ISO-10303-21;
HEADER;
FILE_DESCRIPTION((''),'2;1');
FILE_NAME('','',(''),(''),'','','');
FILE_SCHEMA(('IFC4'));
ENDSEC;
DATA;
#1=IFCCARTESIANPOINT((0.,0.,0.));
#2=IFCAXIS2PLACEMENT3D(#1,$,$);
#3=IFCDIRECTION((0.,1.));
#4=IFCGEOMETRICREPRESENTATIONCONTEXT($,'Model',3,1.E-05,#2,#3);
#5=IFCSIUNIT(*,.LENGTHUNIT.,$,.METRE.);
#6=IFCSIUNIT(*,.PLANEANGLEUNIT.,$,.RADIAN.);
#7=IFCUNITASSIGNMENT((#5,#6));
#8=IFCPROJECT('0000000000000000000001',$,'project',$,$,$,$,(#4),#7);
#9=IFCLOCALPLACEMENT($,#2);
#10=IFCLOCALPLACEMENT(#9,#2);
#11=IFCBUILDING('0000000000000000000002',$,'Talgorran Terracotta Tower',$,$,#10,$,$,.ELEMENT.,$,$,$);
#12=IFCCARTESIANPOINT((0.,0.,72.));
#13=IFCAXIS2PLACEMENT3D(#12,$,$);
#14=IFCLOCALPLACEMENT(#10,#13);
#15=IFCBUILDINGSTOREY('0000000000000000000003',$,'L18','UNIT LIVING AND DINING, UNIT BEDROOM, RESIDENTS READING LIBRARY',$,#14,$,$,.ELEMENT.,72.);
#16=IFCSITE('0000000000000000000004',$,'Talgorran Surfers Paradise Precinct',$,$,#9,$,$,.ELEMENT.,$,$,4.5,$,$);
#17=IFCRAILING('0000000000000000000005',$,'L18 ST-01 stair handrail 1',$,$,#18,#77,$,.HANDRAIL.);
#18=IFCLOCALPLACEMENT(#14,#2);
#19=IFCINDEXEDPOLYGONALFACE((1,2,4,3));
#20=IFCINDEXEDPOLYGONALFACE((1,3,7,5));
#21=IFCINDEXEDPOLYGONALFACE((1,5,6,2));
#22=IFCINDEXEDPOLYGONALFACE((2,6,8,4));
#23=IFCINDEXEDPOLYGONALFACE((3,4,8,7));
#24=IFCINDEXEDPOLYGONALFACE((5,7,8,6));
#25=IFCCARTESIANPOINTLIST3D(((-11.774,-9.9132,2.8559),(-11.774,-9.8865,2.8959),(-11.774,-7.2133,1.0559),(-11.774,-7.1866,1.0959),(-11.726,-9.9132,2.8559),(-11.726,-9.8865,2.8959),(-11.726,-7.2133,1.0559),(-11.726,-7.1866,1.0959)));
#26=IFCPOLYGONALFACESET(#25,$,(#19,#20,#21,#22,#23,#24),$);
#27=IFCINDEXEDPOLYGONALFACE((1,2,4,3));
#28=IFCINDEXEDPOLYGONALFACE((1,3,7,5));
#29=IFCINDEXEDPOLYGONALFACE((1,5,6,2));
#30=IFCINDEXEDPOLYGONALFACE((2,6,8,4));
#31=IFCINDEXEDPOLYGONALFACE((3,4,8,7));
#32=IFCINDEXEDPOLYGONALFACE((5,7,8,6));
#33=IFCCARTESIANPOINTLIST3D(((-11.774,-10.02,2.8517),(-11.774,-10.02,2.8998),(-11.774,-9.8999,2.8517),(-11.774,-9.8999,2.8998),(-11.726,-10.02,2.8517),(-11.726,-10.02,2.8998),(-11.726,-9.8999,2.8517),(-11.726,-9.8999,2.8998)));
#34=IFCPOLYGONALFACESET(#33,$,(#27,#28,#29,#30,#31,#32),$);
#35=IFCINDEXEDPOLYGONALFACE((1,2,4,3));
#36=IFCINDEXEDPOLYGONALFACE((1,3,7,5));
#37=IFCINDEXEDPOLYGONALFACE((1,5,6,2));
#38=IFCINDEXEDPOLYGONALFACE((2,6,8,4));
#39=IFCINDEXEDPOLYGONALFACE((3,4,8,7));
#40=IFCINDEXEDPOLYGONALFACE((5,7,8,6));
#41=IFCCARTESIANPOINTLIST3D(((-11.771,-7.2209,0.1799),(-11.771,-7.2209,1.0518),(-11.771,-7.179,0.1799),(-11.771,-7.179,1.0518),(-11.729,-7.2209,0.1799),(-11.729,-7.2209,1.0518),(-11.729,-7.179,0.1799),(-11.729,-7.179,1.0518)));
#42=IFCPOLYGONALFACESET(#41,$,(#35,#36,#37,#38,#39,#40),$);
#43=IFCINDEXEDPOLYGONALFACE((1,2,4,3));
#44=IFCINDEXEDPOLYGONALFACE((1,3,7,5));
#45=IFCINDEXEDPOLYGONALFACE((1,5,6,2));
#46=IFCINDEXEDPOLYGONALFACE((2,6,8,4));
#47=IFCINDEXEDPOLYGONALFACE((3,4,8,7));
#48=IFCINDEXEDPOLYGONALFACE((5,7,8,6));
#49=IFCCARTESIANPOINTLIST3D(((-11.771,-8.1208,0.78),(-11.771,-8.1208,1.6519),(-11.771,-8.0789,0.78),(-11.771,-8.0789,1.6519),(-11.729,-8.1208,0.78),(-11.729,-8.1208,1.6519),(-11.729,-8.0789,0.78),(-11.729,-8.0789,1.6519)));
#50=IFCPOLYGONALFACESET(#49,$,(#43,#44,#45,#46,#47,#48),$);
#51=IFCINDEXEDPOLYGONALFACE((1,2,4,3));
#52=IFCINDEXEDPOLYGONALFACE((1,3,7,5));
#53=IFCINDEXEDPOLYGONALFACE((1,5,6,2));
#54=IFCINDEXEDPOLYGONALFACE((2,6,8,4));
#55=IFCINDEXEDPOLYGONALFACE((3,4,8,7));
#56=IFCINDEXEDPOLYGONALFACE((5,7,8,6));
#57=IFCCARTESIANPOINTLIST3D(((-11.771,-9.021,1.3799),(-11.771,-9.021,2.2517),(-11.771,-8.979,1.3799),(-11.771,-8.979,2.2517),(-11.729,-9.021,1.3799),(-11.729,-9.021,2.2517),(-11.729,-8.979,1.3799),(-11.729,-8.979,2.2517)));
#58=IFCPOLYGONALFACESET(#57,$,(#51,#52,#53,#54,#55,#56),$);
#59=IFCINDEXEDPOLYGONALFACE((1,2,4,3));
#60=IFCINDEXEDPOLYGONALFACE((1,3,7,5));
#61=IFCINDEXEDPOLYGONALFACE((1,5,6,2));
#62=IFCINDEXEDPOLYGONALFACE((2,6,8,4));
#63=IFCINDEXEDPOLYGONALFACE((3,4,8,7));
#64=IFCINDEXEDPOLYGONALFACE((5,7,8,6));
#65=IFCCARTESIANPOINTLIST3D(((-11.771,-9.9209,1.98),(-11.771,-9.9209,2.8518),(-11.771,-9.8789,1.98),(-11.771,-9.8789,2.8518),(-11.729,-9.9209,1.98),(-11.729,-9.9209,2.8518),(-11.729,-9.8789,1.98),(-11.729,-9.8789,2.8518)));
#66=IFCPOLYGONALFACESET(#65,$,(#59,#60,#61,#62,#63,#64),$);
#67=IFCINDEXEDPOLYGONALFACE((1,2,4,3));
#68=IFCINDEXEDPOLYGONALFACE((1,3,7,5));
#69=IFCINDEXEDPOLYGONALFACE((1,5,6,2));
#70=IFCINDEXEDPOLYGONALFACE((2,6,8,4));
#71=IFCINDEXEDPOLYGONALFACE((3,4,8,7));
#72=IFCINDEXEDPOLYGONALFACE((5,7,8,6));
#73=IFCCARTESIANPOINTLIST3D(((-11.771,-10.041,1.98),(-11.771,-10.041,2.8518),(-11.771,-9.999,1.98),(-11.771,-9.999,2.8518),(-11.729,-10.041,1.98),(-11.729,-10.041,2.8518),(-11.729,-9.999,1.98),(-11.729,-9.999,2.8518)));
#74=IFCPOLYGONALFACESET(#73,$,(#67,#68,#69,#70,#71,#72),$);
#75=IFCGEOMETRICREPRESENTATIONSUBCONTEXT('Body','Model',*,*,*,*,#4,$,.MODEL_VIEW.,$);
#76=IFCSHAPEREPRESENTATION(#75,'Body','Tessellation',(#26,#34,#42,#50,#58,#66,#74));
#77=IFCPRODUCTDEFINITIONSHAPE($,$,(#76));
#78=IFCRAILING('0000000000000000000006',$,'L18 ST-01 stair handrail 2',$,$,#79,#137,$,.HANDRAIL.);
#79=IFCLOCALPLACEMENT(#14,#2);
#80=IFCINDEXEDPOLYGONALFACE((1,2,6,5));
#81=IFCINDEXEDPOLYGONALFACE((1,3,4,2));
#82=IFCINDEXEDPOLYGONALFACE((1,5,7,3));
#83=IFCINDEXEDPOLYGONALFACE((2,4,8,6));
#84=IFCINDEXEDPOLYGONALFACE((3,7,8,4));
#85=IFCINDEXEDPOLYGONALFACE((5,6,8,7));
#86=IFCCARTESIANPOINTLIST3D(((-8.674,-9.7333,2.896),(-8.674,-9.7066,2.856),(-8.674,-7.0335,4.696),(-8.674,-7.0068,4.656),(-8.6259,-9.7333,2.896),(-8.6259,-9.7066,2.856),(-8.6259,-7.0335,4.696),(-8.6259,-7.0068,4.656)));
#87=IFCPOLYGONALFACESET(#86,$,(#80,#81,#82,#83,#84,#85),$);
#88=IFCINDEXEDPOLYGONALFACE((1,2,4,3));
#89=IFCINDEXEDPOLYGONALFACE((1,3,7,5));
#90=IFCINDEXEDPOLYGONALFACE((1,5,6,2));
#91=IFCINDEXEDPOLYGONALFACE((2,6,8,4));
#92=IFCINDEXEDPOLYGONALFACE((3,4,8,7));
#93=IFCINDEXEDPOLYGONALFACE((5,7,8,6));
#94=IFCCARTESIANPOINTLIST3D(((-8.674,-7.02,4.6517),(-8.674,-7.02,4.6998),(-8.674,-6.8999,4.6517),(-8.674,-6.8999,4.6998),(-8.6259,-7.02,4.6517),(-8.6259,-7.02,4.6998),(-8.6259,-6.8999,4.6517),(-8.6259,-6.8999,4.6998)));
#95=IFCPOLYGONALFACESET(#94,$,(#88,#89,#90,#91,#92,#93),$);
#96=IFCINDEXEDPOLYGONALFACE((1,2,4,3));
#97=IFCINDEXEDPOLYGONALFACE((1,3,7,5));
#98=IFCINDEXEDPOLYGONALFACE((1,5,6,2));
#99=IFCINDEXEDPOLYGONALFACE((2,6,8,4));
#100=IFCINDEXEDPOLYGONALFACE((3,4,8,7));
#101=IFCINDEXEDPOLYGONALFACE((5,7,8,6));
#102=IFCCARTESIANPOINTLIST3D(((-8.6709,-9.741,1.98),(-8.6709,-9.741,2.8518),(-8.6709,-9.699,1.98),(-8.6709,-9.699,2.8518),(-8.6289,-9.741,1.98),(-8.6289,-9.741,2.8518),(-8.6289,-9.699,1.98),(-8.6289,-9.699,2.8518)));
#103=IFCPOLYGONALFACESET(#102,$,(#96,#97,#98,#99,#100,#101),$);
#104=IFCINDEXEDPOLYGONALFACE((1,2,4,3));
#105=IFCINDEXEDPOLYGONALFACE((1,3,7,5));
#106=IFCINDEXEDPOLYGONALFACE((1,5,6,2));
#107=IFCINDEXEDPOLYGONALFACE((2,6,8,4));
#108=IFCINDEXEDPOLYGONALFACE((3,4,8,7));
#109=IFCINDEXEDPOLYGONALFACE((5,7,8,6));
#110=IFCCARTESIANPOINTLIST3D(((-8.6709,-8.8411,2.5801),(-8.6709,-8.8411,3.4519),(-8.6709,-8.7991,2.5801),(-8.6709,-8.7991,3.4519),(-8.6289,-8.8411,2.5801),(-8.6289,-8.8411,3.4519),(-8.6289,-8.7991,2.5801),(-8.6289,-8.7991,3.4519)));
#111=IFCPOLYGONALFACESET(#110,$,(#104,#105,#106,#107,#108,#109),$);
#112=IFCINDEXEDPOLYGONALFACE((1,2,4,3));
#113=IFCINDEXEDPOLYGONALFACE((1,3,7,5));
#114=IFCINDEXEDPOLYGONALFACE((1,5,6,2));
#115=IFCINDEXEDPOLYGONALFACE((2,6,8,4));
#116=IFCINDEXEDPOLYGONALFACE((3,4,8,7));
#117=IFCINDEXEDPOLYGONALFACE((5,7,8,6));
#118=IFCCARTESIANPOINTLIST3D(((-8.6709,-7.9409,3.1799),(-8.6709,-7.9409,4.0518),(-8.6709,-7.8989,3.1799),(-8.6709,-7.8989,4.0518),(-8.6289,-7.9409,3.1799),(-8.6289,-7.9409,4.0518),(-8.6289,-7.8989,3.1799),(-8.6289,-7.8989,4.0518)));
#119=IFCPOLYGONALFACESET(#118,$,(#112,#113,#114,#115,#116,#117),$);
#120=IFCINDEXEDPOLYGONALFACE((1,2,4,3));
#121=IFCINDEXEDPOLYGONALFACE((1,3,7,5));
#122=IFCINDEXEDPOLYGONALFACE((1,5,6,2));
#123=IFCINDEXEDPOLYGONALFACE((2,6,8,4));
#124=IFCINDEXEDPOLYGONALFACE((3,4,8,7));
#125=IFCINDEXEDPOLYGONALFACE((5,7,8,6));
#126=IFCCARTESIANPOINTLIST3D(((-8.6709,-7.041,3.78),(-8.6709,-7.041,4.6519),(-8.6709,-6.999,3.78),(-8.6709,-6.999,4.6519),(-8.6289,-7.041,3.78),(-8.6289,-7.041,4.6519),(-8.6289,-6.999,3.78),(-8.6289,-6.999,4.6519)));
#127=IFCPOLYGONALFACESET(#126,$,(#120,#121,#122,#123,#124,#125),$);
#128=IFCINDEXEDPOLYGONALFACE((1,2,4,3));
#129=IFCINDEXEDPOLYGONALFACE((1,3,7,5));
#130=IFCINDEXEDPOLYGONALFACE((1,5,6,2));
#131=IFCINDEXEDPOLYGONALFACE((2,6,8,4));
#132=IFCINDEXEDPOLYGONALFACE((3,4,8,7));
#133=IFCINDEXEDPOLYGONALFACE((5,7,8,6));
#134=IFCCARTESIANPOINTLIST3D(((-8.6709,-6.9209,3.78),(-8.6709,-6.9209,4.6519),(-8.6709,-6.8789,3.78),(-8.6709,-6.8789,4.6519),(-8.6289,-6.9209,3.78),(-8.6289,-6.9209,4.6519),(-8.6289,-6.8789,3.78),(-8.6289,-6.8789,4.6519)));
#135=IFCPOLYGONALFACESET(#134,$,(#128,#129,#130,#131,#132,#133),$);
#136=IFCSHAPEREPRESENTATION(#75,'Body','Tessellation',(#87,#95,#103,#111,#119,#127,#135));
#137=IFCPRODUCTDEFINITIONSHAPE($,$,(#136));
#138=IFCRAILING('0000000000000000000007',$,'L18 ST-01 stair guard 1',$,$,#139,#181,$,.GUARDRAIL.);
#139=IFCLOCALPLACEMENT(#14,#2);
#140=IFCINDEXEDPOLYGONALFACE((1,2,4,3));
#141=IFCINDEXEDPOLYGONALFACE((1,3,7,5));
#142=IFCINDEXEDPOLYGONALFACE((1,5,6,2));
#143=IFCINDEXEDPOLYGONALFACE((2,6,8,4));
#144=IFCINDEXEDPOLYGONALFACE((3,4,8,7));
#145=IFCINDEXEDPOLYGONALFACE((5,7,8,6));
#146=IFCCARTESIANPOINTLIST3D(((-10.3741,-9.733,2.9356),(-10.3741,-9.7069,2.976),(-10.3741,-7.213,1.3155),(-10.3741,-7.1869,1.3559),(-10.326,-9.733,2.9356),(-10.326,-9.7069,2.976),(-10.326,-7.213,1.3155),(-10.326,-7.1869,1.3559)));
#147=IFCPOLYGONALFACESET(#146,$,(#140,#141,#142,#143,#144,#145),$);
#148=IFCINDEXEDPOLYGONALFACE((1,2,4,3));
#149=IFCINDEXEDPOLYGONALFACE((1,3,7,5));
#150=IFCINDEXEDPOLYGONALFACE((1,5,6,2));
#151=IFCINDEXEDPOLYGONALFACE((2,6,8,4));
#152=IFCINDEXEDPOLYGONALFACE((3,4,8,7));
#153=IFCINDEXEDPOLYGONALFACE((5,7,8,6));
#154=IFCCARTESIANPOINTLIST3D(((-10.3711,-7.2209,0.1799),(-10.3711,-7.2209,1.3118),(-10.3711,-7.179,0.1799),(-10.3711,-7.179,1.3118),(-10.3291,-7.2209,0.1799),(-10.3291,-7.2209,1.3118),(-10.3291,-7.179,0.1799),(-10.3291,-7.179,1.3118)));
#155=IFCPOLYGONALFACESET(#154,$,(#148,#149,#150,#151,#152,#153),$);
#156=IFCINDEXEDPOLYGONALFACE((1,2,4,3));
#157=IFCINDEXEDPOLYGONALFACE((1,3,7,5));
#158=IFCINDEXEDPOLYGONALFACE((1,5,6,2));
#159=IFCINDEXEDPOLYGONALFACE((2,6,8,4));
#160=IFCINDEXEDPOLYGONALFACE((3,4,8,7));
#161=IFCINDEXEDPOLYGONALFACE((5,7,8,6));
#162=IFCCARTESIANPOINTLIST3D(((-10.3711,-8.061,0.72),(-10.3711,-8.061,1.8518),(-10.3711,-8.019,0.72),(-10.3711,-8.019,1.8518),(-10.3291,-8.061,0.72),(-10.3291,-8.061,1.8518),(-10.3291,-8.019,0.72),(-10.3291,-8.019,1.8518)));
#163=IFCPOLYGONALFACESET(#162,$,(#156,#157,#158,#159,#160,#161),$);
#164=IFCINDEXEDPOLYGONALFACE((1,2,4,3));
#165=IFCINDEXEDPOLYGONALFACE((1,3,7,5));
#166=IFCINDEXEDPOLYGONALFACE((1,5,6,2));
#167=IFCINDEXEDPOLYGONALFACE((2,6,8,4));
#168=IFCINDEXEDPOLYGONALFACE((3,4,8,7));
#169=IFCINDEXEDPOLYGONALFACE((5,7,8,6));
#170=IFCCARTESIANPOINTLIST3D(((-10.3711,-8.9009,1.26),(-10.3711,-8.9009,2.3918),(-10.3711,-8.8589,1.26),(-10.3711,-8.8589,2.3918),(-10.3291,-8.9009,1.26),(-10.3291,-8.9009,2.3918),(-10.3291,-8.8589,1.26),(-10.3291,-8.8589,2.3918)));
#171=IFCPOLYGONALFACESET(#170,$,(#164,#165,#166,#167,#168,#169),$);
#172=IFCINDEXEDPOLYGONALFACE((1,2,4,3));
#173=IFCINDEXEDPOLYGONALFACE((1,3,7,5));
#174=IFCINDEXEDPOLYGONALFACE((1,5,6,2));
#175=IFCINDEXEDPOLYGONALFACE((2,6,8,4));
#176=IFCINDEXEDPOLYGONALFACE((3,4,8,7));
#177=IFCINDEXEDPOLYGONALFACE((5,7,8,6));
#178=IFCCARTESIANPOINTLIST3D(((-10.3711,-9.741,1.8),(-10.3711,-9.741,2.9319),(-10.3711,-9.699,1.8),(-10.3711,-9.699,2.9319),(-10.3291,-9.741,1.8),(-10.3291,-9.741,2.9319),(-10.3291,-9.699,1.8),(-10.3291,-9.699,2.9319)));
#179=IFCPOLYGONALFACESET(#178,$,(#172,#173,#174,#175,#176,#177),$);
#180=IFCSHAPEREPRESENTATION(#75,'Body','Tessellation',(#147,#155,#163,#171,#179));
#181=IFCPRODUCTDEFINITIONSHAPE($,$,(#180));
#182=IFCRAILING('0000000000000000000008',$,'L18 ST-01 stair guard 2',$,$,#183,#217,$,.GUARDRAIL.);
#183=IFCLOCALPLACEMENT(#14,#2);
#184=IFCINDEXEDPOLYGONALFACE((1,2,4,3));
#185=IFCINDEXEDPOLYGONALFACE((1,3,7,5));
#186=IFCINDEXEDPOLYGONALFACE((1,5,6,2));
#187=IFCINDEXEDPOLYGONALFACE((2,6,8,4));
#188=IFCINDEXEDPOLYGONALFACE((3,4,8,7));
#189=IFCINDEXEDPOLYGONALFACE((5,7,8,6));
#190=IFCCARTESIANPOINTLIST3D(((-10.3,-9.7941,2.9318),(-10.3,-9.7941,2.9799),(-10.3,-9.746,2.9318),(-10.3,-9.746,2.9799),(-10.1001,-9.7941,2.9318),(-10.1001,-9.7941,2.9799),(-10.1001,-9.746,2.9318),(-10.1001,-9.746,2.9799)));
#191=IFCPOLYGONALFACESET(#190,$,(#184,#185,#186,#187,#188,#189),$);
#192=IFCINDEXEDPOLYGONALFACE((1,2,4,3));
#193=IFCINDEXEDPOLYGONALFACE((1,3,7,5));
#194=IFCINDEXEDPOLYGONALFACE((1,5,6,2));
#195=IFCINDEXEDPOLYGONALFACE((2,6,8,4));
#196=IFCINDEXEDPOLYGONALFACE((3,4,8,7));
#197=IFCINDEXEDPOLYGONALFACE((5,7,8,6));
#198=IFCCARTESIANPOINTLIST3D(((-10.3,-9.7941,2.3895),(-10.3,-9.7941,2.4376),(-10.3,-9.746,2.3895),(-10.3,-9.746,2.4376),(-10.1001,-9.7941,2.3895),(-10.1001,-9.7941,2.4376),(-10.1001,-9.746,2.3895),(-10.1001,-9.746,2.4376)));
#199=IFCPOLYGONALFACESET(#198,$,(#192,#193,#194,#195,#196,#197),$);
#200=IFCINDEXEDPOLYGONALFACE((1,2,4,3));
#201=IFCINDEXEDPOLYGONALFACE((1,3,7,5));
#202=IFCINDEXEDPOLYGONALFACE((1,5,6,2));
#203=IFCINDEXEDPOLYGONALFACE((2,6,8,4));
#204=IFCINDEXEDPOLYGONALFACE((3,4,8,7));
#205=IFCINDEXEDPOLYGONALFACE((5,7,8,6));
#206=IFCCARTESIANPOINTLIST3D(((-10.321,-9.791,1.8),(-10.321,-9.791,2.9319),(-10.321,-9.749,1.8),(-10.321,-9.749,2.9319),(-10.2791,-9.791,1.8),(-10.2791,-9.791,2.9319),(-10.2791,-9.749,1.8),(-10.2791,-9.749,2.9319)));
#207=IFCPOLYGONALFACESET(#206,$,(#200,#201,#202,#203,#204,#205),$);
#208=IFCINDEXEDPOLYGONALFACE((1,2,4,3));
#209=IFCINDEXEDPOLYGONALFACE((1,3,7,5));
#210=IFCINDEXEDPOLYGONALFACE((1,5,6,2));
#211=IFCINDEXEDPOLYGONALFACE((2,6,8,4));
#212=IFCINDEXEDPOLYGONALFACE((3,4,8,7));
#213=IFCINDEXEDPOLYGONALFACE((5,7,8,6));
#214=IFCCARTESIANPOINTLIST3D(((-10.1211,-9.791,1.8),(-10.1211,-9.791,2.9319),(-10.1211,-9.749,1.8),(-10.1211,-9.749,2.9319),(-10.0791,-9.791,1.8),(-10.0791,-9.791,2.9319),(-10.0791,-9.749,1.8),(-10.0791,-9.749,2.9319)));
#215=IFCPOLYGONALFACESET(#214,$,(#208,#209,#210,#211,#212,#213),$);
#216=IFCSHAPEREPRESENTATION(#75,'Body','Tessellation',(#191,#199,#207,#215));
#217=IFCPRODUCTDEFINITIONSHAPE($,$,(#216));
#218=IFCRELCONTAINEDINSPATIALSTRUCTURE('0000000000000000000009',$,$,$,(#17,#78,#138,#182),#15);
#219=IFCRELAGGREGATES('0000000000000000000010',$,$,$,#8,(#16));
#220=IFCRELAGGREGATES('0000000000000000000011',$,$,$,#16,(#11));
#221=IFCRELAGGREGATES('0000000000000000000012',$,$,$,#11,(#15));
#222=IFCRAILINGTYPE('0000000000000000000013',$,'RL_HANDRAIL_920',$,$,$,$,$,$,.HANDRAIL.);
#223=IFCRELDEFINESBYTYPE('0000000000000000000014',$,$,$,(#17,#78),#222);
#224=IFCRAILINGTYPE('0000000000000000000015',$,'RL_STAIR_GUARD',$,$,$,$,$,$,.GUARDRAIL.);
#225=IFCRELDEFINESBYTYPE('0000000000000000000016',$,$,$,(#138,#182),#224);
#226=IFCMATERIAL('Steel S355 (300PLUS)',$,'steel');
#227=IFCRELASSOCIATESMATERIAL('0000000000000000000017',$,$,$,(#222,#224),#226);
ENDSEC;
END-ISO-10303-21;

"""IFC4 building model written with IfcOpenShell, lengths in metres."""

from ifc_helpers import new_model, si_unit, direction, frame, origin, origin_2d, place, context, subcontext, project, spatial, rectangle, extrude, material, type_object, element, save


model = new_model("IFC4")

# Units and contexts
model_context = context("Model", 3, precision=1e-05, world=origin(), true_north=direction((0.0, 1.0)))
body_context = subcontext(model_context, "Body", "Model", "MODEL_VIEW")
ifc_project = project(units=[si_unit("LENGTHUNIT", "METRE"), si_unit("PLANEANGLEUNIT", "RADIAN")], contexts=[model_context])

# Site, building, storey
site_placement = place(None, origin())
site = spatial("IfcSite", under=ifc_project, at=site_placement, Name="Talgorran Surfers Paradise Precinct", CompositionType="ELEMENT", RefElevation=4.5)
building_placement = place(site_placement, origin())
building = spatial("IfcBuilding", under=site, at=building_placement, Name="Talgorran Terracotta Tower", CompositionType="ELEMENT")
storey_placement = place(building_placement, frame((0.0, 0.0, 72.0)))
storey = spatial("IfcBuildingStorey", under=building, at=storey_placement, Name="L18", Description="UNIT LIVING AND DINING, UNIT BEDROOM, RESIDENTS READING LIBRARY", CompositionType="ELEMENT", Elevation=72.0)

# Shared definitions
ifc_material_1 = material(Name="Steel S355 (300PLUS)", Category="steel")

# Railings
railing_type_1 = type_object("IfcRailingType", Name="RL_HANDRAIL_920", PredefinedType="HANDRAIL", material=ifc_material_1)
railing_1_placement = place(storey_placement, frame((-11.75, -7.2, 0.1799)))
element("IfcRailing", 1, at=railing_1_placement, inside=storey, type_object=railing_type_1, Name="L18 ST-01 stair handrail 1", PredefinedType="HANDRAIL", context=body_context, shape_type="SweptSolid", body=[
    extrude(rectangle(XDim=0.0481, YDim=0.0481, at=origin_2d()), frame((0.0, 0.0, 0.896), z_axis=(0.0, -0.832039, 0.554718), x_axis=(1.0, 0.0, 0.0)), (0.0, 0.0, 1.0), 3.2449),
    extrude(rectangle(XDim=0.0481, YDim=0.0481, at=origin_2d()), frame((0.0, -2.7, 2.6958), z_axis=(0.0, -1.0, 0.0), x_axis=(1.0, 0.0, 0.0)), (0.0, 0.0, 1.0), 0.1201),
    extrude(rectangle(XDim=0.042, YDim=0.042, at=origin_2d()), origin(), (0.0, 0.0, 1.0), 0.8718),
    extrude(rectangle(XDim=0.042, YDim=0.042, at=origin_2d()), frame((0.0, -0.8999, 0.6001)), (0.0, 0.0, 1.0), 0.8718),
    extrude(rectangle(XDim=0.042, YDim=0.042, at=origin_2d()), frame((0.0, -1.8, 1.2)), (0.0, 0.0, 1.0), 0.8718),
    extrude(rectangle(XDim=0.042, YDim=0.042, at=origin_2d()), frame((0.0, -2.7, 1.8)), (0.0, 0.0, 1.0), 0.8718),
    extrude(rectangle(XDim=0.042, YDim=0.042, at=origin_2d()), frame((0.0, -2.8201, 1.8)), (0.0, 0.0, 1.0), 0.8718),
])
railing_2_placement = place(storey_placement, frame((-8.6499, -9.72, 1.98)))
element("IfcRailing", 2, at=railing_2_placement, inside=storey, type_object=railing_type_1, Name="L18 ST-01 stair handrail 2", PredefinedType="HANDRAIL", context=body_context, shape_type="SweptSolid", body=[
    extrude(rectangle(XDim=0.0481, YDim=0.0481, at=origin_2d()), frame((0.0, 0.0, 0.896), z_axis=(0.0, 0.832039, 0.554718), x_axis=(-1.0, 0.0, 0.0)), (0.0, 0.0, 1.0), 3.2449),
    extrude(rectangle(XDim=0.0481, YDim=0.0481, at=origin_2d()), frame((0.0, 2.7, 2.6958), z_axis=(0.0, 1.0, 0.0), x_axis=(-1.0, 0.0, 0.0)), (0.0, 0.0, 1.0), 0.1201),
    extrude(rectangle(XDim=0.042, YDim=0.042, at=origin_2d()), origin(), (0.0, 0.0, 1.0), 0.8718),
    extrude(rectangle(XDim=0.042, YDim=0.042, at=origin_2d()), frame((0.0, 0.8999, 0.6001)), (0.0, 0.0, 1.0), 0.8718),
    extrude(rectangle(XDim=0.042, YDim=0.042, at=origin_2d()), frame((0.0, 1.8, 1.2)), (0.0, 0.0, 1.0), 0.8718),
    extrude(rectangle(XDim=0.042, YDim=0.042, at=origin_2d()), frame((0.0, 2.7, 1.8)), (0.0, 0.0, 1.0), 0.8718),
    extrude(rectangle(XDim=0.042, YDim=0.042, at=origin_2d()), frame((0.0, 2.8201, 1.8)), (0.0, 0.0, 1.0), 0.8718),
])
railing_type_2 = type_object("IfcRailingType", Name="RL_STAIR_GUARD", PredefinedType="GUARDRAIL", material=ifc_material_1)
railing_3_placement = place(storey_placement, frame((-10.3501, -7.2, 0.1799)))
element("IfcRailing", 3, at=railing_3_placement, inside=storey, type_object=railing_type_2, Name="L18 ST-01 stair guard 1", PredefinedType="GUARDRAIL", context=body_context, shape_type="SweptSolid", body=[
    extrude(rectangle(XDim=0.0481, YDim=0.0481, at=origin_2d()), frame((0.0, 0.0, 1.1558), z_axis=(0.0, -0.841163, 0.540782), x_axis=(1.0, 0.0, 0.0)), (0.0, 0.0, 1.0), 2.9958),
    extrude(rectangle(XDim=0.042, YDim=0.042, at=origin_2d()), origin(), (0.0, 0.0, 1.0), 1.1318),
    extrude(rectangle(XDim=0.042, YDim=0.042, at=origin_2d()), frame((0.0, -0.8401, 0.54)), (0.0, 0.0, 1.0), 1.1318),
    extrude(rectangle(XDim=0.042, YDim=0.042, at=origin_2d()), frame((0.0, -1.6799, 1.0801)), (0.0, 0.0, 1.0), 1.1318),
    extrude(rectangle(XDim=0.042, YDim=0.042, at=origin_2d()), frame((0.0, -2.52, 1.6201)), (0.0, 0.0, 1.0), 1.1318),
])
railing_4_placement = place(storey_placement, frame((-10.3, -9.77, 1.8)))
element("IfcRailing", 4, at=railing_4_placement, inside=storey, type_object=railing_type_2, Name="L18 ST-01 stair guard 2", PredefinedType="GUARDRAIL", context=body_context, shape_type="SweptSolid", body=[
    extrude(rectangle(XDim=0.0481, YDim=0.0481, at=origin_2d()), frame((0.0, 0.0, 1.1558), z_axis=(1.0, 0.0, 0.0), x_axis=(0.0, 1.0, 0.0)), (0.0, 0.0, 1.0), 0.2),
    extrude(rectangle(XDim=0.0481, YDim=0.0481, at=origin_2d()), frame((0.0, 0.0, 0.6135), z_axis=(1.0, 0.0, 0.0), x_axis=(0.0, 1.0, 0.0)), (0.0, 0.0, 1.0), 0.2),
    extrude(rectangle(XDim=0.042, YDim=0.042, at=origin_2d()), origin(), (0.0, 0.0, 1.0), 1.1318),
    extrude(rectangle(XDim=0.042, YDim=0.042, at=origin_2d()), frame((0.2, 0.0, 0.0)), (0.0, 0.0, 1.0), 1.1318),
])

save(model, "model.ifc")
